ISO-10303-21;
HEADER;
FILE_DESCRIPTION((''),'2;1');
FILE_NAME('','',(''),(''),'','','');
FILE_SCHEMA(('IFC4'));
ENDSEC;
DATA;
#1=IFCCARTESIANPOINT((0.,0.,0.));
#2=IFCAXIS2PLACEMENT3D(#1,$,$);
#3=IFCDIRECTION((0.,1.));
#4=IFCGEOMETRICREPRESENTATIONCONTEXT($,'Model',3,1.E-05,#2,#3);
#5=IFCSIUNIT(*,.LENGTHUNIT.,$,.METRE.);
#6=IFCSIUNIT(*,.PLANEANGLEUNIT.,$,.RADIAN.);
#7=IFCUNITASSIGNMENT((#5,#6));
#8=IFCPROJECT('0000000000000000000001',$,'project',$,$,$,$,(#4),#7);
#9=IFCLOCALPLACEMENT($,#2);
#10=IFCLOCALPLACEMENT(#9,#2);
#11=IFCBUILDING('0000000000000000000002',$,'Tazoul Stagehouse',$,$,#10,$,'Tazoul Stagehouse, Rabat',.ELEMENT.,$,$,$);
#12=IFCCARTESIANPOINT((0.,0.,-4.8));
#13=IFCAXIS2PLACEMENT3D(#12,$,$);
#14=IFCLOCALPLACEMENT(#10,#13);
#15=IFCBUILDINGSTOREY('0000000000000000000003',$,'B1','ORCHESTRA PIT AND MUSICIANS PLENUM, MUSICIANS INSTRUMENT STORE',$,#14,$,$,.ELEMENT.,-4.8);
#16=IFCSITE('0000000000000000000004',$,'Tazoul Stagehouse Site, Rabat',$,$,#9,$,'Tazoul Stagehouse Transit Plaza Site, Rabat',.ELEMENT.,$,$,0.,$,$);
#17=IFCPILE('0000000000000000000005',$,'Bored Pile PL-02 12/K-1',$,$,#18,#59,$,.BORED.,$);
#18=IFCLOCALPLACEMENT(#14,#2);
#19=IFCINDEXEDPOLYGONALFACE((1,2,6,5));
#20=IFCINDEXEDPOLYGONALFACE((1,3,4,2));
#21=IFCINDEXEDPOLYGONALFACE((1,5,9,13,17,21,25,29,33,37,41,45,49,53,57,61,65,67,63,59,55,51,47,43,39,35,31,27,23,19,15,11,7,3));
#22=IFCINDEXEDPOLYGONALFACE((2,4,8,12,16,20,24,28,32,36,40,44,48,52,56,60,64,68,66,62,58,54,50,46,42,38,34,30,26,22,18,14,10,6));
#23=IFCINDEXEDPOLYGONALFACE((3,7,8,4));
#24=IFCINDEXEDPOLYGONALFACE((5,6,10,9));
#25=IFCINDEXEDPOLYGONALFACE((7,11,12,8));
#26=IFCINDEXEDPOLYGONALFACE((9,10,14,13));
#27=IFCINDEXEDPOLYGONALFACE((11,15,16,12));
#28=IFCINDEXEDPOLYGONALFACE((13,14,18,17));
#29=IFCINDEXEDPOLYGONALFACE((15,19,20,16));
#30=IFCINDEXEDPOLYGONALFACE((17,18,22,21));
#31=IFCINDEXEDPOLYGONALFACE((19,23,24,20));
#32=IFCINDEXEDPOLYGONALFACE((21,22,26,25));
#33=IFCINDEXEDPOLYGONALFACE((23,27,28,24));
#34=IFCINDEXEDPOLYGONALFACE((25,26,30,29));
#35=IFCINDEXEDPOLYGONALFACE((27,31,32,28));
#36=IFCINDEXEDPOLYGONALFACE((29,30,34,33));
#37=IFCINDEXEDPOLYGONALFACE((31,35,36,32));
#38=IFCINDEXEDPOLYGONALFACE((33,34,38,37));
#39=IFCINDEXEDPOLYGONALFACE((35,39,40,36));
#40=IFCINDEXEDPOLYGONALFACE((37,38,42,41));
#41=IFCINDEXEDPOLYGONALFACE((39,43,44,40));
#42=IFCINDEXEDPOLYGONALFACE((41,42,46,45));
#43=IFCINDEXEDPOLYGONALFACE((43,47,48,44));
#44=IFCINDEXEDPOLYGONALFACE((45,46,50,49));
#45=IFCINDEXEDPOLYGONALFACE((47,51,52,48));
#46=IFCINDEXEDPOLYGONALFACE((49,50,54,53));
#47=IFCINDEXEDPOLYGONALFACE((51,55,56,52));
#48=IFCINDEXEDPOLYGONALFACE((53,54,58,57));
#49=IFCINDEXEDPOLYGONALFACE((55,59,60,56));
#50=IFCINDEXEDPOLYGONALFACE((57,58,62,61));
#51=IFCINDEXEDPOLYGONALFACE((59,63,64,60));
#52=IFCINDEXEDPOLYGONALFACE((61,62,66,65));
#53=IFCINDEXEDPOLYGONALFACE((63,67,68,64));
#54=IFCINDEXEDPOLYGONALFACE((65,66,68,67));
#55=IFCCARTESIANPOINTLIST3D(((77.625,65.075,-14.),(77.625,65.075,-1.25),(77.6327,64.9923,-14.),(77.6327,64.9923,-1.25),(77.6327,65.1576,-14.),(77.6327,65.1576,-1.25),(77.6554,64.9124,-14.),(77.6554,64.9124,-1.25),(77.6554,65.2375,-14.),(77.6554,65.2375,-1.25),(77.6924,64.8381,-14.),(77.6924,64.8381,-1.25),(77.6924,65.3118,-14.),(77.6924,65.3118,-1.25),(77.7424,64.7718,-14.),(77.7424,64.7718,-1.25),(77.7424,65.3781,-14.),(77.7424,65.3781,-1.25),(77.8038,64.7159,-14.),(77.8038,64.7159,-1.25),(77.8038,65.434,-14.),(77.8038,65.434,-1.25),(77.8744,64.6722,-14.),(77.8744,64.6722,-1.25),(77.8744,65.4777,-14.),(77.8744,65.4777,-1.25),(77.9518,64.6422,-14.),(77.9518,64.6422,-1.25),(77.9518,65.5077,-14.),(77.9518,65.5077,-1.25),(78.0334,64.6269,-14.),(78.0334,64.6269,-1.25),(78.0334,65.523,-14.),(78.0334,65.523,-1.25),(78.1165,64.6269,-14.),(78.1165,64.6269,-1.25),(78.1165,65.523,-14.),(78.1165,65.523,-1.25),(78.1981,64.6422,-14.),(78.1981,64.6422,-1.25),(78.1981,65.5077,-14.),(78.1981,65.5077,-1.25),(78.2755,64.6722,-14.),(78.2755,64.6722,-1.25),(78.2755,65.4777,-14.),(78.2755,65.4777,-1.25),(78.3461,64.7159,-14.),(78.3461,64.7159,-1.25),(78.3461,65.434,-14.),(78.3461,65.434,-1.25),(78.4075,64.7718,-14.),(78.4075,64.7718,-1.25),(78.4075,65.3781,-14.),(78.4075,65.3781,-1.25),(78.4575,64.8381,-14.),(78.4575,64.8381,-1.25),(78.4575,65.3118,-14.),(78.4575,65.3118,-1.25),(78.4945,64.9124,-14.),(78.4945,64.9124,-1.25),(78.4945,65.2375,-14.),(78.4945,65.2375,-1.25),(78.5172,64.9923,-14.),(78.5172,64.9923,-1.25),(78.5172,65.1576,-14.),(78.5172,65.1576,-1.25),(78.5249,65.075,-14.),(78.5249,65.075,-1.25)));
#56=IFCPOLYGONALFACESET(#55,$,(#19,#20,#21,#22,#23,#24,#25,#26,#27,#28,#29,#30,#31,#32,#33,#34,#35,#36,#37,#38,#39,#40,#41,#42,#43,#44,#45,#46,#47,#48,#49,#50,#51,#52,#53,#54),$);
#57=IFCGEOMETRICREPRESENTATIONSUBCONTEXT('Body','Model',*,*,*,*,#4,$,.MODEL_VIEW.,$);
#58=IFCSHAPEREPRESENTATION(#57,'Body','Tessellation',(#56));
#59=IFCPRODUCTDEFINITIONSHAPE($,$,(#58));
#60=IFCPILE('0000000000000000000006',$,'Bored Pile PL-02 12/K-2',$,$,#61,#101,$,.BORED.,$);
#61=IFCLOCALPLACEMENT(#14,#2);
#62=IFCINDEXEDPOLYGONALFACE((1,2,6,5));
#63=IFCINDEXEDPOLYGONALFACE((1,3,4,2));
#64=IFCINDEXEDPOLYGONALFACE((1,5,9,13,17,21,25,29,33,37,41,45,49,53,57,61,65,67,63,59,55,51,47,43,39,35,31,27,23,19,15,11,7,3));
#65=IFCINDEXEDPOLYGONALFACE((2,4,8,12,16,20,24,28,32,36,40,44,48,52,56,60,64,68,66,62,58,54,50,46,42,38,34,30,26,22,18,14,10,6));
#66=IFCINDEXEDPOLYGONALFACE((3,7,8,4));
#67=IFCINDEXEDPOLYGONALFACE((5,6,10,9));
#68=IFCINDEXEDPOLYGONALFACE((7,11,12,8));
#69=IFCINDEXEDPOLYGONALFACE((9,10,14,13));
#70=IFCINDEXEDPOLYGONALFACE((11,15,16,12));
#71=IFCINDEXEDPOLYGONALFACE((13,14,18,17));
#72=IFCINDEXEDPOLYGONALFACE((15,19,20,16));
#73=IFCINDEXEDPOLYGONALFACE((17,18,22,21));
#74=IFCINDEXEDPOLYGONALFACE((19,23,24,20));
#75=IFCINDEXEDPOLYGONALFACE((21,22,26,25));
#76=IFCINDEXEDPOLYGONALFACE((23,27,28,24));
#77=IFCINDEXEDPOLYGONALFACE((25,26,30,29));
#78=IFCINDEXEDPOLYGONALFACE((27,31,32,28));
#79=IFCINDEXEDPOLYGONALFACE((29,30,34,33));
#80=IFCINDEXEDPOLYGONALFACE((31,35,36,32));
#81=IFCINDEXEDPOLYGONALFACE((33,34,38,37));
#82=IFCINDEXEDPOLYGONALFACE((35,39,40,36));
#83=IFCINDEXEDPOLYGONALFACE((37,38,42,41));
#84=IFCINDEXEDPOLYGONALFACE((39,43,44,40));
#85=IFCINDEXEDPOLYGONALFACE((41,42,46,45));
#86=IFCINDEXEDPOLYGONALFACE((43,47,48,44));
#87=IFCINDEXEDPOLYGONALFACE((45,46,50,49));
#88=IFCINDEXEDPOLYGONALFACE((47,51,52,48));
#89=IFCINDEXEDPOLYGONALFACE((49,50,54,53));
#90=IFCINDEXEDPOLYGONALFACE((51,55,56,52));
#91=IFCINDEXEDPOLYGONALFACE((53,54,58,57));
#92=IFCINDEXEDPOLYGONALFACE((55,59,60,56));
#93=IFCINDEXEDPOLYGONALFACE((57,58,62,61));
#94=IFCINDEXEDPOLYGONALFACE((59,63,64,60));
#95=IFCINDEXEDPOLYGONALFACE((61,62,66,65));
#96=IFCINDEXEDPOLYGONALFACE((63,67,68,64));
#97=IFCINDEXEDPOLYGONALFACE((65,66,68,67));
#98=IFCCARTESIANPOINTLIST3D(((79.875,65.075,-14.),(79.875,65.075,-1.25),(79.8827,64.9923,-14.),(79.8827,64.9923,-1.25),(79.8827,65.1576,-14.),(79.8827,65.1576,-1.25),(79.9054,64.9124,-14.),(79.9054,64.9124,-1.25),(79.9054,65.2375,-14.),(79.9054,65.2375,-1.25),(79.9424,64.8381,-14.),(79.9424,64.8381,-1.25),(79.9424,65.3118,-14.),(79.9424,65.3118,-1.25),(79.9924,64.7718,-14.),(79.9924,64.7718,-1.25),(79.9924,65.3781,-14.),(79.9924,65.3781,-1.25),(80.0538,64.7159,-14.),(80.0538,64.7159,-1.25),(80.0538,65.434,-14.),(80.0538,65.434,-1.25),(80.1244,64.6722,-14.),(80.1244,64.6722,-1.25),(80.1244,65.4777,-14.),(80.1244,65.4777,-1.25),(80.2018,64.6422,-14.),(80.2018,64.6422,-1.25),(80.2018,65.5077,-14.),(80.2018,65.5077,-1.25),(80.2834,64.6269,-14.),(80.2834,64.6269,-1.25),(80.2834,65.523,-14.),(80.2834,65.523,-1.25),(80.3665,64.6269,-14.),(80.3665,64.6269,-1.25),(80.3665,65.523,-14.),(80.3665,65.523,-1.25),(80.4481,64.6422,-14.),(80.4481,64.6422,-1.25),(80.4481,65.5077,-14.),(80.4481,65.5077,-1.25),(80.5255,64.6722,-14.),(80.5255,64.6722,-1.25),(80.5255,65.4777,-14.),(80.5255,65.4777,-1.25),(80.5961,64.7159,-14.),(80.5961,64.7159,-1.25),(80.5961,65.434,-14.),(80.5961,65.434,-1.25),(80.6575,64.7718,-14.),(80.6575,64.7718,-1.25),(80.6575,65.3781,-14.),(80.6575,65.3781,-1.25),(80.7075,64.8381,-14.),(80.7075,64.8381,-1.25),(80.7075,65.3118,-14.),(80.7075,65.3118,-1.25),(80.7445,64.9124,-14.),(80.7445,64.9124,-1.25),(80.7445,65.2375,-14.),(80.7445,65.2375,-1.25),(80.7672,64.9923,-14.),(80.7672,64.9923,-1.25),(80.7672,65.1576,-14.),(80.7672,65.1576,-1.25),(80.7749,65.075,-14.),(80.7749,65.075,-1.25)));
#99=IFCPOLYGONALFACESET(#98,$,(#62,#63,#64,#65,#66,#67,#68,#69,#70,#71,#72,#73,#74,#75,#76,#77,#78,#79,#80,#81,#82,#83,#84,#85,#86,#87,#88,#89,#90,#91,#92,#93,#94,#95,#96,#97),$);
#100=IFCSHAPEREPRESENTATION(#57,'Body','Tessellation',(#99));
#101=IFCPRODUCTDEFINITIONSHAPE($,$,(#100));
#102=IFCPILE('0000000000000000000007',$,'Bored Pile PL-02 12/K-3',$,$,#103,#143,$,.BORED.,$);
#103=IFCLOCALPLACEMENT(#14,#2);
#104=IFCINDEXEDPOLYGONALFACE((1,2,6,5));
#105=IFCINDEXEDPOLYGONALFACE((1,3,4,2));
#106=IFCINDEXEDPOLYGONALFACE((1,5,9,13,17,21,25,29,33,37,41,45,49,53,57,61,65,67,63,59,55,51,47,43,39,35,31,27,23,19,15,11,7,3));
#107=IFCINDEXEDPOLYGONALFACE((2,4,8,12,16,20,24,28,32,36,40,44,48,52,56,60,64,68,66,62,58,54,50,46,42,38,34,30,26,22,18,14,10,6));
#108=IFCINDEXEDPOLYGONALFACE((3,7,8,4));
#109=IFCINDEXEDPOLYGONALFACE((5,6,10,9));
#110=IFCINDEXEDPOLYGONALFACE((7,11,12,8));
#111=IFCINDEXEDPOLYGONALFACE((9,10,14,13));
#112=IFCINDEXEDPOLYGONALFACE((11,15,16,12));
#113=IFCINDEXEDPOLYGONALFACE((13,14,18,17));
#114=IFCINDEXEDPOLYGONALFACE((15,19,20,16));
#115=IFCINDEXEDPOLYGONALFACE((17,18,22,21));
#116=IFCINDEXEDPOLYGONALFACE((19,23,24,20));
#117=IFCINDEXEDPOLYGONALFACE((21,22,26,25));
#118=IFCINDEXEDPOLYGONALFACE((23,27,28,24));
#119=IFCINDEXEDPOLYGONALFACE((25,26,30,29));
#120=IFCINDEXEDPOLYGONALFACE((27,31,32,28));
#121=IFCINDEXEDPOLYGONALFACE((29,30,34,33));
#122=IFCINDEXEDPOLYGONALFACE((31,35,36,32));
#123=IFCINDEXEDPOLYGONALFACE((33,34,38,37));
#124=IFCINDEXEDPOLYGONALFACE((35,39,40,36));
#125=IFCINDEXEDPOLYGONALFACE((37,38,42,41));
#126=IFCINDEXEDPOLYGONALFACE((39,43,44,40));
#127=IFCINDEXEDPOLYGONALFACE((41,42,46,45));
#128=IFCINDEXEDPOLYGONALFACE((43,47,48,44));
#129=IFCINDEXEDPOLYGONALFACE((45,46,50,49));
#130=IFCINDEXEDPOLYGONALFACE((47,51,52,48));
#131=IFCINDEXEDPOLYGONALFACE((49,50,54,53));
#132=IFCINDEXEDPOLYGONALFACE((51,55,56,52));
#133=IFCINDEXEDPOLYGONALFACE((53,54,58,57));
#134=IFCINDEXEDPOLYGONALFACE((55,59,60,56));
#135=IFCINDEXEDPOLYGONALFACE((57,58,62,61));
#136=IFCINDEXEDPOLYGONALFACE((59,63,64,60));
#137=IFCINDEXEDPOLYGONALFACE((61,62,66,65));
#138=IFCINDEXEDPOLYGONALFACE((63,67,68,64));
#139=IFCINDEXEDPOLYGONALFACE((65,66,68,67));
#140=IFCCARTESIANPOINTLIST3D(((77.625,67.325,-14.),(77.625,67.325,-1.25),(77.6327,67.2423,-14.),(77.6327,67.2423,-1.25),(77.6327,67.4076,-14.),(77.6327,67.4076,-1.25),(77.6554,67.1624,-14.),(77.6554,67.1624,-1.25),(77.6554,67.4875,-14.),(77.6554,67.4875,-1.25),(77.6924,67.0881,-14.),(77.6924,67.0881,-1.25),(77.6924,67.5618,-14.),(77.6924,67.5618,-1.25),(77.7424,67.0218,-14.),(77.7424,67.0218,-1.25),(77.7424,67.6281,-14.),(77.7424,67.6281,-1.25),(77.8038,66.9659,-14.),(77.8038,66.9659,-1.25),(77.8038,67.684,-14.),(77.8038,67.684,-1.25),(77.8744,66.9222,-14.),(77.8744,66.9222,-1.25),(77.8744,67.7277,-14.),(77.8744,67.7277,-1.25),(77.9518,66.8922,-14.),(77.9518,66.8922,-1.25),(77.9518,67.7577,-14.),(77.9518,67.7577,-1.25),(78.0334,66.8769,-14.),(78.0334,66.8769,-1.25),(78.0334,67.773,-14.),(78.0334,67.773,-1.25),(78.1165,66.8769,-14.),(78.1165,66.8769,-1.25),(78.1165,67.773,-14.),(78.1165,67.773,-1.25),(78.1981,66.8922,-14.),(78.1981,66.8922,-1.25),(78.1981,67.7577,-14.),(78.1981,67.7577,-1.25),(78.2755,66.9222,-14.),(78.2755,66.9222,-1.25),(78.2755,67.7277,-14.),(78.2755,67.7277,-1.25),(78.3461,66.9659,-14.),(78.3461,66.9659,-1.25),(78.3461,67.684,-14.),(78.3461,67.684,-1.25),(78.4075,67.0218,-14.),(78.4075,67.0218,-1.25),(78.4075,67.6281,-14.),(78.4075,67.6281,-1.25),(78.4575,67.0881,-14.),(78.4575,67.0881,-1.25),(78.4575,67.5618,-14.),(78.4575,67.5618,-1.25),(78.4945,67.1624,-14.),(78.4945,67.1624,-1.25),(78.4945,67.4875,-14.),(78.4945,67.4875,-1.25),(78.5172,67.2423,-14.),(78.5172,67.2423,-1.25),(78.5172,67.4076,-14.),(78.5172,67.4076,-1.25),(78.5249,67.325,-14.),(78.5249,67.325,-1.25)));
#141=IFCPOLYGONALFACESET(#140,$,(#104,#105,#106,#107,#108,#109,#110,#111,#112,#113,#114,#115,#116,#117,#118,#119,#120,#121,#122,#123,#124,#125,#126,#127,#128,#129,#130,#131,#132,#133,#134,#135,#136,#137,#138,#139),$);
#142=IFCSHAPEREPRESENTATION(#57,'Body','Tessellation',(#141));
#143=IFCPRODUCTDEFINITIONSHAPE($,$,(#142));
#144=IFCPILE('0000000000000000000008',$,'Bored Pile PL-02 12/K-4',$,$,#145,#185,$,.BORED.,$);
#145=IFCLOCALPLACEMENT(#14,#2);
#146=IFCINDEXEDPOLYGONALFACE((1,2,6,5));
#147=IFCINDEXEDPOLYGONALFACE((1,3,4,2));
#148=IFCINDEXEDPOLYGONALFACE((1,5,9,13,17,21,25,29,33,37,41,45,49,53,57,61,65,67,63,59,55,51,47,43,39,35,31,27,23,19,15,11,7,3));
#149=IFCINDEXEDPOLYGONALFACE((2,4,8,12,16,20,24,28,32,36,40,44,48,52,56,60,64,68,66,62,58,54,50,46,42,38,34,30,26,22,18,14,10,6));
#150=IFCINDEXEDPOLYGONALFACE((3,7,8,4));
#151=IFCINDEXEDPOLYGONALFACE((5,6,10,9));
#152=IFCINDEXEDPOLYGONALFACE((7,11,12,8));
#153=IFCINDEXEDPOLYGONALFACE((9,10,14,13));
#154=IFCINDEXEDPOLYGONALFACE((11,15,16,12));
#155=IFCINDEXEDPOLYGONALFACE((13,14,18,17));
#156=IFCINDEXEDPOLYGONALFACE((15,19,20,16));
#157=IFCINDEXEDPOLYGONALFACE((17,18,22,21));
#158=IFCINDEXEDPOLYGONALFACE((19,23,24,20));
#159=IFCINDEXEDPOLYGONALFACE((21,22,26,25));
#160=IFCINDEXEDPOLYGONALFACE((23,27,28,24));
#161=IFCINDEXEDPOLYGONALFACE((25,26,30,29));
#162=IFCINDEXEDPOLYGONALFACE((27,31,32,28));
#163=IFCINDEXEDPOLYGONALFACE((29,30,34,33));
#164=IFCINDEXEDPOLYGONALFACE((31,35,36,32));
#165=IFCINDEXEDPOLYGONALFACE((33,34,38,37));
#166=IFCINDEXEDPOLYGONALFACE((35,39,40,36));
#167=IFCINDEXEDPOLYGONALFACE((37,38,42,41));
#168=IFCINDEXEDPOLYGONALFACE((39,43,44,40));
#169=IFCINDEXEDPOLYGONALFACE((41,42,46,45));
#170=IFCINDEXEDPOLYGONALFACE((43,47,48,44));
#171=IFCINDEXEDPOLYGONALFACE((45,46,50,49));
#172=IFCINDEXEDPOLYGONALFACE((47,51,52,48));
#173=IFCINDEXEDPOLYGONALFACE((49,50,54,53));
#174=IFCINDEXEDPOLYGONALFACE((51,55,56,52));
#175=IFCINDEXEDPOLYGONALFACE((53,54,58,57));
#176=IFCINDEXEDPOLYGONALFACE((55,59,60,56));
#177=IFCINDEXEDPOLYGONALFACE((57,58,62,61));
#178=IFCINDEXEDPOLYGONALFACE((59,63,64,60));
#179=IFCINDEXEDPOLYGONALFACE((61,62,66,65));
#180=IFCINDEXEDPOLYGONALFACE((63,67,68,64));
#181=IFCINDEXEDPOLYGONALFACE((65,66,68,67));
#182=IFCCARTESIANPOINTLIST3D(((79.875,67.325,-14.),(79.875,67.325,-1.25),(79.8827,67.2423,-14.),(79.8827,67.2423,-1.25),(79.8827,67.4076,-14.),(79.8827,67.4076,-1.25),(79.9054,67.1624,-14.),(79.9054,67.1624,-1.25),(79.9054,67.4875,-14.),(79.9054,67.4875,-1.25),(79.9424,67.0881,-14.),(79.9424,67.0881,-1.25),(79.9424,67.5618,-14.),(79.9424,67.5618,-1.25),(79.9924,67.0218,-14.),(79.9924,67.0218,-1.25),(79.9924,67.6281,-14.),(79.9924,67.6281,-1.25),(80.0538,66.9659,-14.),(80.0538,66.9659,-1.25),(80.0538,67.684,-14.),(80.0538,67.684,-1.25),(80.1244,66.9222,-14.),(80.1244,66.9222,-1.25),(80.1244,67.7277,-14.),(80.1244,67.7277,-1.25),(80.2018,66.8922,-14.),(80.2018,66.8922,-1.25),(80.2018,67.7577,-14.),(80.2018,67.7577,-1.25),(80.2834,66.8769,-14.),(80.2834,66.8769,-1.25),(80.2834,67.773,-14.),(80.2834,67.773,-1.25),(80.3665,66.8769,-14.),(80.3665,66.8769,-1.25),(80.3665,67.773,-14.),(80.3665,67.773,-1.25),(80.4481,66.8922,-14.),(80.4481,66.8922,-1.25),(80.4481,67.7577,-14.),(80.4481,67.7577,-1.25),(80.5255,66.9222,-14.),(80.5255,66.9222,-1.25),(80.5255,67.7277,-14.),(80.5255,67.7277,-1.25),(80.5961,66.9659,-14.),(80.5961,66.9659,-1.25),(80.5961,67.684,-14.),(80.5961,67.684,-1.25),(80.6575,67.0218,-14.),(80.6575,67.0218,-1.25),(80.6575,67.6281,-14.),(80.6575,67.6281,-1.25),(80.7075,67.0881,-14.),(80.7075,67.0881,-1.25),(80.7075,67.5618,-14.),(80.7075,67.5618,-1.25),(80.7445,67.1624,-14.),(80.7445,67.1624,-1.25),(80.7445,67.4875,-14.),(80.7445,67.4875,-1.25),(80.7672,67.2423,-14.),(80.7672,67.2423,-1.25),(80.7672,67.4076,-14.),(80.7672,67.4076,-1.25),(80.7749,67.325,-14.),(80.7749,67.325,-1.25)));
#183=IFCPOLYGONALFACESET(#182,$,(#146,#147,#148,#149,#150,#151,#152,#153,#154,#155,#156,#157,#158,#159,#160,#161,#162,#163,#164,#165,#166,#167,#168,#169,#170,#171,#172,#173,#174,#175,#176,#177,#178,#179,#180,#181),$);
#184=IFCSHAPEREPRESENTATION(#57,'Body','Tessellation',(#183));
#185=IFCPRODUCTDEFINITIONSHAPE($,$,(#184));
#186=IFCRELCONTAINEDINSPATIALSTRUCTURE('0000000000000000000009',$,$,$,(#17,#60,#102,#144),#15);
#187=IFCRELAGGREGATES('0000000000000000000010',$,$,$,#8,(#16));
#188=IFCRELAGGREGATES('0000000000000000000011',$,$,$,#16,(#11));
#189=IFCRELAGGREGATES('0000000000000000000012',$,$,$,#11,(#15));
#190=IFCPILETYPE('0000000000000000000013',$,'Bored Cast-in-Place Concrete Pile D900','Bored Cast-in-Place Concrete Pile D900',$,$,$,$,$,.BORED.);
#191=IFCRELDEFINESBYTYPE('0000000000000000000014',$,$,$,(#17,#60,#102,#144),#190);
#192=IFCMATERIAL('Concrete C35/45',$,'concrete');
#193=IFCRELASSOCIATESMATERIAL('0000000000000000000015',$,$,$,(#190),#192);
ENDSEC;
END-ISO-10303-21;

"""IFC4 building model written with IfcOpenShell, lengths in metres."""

from ifc_helpers import new_model, si_unit, direction, frame, origin, origin_2d, place, context, subcontext, project, spatial, circle, extrude, material, material_profile, profile_set, type_object, element, save


model = new_model("IFC4")

# Units and contexts
model_context = context("Model", 3, precision=1e-05, world=origin(), true_north=direction((0.0, 1.0)))
body_context = subcontext(model_context, "Body", "Model", "MODEL_VIEW")
ifc_project = project(units=[si_unit("LENGTHUNIT", "METRE"), si_unit("PLANEANGLEUNIT", "RADIAN")], contexts=[model_context])

# Site, building, storey
site_placement = place(None, origin())
site = spatial("IfcSite", under=ifc_project, at=site_placement, Name="Tazoul Stagehouse Site, Rabat", LongName="Tazoul Stagehouse Transit Plaza Site, Rabat", CompositionType="ELEMENT", RefElevation=0.0)
building_placement = place(site_placement, origin())
building = spatial("IfcBuilding", under=site, at=building_placement, Name="Tazoul Stagehouse", LongName="Tazoul Stagehouse, Rabat", CompositionType="ELEMENT")
storey_placement = place(building_placement, frame((0.0, 0.0, -4.8)))
storey = spatial("IfcBuildingStorey", under=building, at=storey_placement, Name="B1", Description="ORCHESTRA PIT AND MUSICIANS PLENUM, MUSICIANS INSTRUMENT STORE", CompositionType="ELEMENT", Elevation=-4.8)

# Piles
ifc_material_1 = material(Name="Concrete C35/45", Category="concrete")
ifc_material_profile_1 = material_profile(ifc_material_1, circle(Radius=0.45, at=origin_2d()), Name="BORED PILE 900")
ifc_profile_set_1 = profile_set([ifc_material_profile_1], Name="Concrete C35/45")
pile_type = type_object("IfcPileType", Name="Bored Cast-in-Place Concrete Pile D900", Description="Bored Cast-in-Place Concrete Pile D900", PredefinedType="BORED", material=ifc_profile_set_1)
for number, where, z_axis, x_axis, name in (
    (1, (78.075, 65.075, -1.25), (0.0, 0.0, -1.0), (1.0, 0.0, 0.0), "Bored Pile PL-02 12/K-1"),
    (2, (80.325, 65.075, -1.25), (0.0, 0.0, -1.0), (1.0, 0.0, 0.0), "Bored Pile PL-02 12/K-2"),
    (3, (78.075, 67.325, -1.25), (0.0, 0.0, -1.0), (1.0, 0.0, 0.0), "Bored Pile PL-02 12/K-3"),
    (4, (80.325, 67.325, -1.25), (0.0, 0.0, -1.0), (1.0, 0.0, 0.0), "Bored Pile PL-02 12/K-4"),
):
    element("IfcPile", number, at=place(storey_placement, frame(where, z_axis=z_axis, x_axis=x_axis)), inside=storey, type_object=pile_type, Name=name, PredefinedType="BORED", context=body_context, shape_type="SweptSolid", body=[
        extrude(circle(Radius=0.45, at=origin_2d()), origin(), (0.0, 0.0, 1.0), 12.75),
    ])

save(model, "model.ifc")
